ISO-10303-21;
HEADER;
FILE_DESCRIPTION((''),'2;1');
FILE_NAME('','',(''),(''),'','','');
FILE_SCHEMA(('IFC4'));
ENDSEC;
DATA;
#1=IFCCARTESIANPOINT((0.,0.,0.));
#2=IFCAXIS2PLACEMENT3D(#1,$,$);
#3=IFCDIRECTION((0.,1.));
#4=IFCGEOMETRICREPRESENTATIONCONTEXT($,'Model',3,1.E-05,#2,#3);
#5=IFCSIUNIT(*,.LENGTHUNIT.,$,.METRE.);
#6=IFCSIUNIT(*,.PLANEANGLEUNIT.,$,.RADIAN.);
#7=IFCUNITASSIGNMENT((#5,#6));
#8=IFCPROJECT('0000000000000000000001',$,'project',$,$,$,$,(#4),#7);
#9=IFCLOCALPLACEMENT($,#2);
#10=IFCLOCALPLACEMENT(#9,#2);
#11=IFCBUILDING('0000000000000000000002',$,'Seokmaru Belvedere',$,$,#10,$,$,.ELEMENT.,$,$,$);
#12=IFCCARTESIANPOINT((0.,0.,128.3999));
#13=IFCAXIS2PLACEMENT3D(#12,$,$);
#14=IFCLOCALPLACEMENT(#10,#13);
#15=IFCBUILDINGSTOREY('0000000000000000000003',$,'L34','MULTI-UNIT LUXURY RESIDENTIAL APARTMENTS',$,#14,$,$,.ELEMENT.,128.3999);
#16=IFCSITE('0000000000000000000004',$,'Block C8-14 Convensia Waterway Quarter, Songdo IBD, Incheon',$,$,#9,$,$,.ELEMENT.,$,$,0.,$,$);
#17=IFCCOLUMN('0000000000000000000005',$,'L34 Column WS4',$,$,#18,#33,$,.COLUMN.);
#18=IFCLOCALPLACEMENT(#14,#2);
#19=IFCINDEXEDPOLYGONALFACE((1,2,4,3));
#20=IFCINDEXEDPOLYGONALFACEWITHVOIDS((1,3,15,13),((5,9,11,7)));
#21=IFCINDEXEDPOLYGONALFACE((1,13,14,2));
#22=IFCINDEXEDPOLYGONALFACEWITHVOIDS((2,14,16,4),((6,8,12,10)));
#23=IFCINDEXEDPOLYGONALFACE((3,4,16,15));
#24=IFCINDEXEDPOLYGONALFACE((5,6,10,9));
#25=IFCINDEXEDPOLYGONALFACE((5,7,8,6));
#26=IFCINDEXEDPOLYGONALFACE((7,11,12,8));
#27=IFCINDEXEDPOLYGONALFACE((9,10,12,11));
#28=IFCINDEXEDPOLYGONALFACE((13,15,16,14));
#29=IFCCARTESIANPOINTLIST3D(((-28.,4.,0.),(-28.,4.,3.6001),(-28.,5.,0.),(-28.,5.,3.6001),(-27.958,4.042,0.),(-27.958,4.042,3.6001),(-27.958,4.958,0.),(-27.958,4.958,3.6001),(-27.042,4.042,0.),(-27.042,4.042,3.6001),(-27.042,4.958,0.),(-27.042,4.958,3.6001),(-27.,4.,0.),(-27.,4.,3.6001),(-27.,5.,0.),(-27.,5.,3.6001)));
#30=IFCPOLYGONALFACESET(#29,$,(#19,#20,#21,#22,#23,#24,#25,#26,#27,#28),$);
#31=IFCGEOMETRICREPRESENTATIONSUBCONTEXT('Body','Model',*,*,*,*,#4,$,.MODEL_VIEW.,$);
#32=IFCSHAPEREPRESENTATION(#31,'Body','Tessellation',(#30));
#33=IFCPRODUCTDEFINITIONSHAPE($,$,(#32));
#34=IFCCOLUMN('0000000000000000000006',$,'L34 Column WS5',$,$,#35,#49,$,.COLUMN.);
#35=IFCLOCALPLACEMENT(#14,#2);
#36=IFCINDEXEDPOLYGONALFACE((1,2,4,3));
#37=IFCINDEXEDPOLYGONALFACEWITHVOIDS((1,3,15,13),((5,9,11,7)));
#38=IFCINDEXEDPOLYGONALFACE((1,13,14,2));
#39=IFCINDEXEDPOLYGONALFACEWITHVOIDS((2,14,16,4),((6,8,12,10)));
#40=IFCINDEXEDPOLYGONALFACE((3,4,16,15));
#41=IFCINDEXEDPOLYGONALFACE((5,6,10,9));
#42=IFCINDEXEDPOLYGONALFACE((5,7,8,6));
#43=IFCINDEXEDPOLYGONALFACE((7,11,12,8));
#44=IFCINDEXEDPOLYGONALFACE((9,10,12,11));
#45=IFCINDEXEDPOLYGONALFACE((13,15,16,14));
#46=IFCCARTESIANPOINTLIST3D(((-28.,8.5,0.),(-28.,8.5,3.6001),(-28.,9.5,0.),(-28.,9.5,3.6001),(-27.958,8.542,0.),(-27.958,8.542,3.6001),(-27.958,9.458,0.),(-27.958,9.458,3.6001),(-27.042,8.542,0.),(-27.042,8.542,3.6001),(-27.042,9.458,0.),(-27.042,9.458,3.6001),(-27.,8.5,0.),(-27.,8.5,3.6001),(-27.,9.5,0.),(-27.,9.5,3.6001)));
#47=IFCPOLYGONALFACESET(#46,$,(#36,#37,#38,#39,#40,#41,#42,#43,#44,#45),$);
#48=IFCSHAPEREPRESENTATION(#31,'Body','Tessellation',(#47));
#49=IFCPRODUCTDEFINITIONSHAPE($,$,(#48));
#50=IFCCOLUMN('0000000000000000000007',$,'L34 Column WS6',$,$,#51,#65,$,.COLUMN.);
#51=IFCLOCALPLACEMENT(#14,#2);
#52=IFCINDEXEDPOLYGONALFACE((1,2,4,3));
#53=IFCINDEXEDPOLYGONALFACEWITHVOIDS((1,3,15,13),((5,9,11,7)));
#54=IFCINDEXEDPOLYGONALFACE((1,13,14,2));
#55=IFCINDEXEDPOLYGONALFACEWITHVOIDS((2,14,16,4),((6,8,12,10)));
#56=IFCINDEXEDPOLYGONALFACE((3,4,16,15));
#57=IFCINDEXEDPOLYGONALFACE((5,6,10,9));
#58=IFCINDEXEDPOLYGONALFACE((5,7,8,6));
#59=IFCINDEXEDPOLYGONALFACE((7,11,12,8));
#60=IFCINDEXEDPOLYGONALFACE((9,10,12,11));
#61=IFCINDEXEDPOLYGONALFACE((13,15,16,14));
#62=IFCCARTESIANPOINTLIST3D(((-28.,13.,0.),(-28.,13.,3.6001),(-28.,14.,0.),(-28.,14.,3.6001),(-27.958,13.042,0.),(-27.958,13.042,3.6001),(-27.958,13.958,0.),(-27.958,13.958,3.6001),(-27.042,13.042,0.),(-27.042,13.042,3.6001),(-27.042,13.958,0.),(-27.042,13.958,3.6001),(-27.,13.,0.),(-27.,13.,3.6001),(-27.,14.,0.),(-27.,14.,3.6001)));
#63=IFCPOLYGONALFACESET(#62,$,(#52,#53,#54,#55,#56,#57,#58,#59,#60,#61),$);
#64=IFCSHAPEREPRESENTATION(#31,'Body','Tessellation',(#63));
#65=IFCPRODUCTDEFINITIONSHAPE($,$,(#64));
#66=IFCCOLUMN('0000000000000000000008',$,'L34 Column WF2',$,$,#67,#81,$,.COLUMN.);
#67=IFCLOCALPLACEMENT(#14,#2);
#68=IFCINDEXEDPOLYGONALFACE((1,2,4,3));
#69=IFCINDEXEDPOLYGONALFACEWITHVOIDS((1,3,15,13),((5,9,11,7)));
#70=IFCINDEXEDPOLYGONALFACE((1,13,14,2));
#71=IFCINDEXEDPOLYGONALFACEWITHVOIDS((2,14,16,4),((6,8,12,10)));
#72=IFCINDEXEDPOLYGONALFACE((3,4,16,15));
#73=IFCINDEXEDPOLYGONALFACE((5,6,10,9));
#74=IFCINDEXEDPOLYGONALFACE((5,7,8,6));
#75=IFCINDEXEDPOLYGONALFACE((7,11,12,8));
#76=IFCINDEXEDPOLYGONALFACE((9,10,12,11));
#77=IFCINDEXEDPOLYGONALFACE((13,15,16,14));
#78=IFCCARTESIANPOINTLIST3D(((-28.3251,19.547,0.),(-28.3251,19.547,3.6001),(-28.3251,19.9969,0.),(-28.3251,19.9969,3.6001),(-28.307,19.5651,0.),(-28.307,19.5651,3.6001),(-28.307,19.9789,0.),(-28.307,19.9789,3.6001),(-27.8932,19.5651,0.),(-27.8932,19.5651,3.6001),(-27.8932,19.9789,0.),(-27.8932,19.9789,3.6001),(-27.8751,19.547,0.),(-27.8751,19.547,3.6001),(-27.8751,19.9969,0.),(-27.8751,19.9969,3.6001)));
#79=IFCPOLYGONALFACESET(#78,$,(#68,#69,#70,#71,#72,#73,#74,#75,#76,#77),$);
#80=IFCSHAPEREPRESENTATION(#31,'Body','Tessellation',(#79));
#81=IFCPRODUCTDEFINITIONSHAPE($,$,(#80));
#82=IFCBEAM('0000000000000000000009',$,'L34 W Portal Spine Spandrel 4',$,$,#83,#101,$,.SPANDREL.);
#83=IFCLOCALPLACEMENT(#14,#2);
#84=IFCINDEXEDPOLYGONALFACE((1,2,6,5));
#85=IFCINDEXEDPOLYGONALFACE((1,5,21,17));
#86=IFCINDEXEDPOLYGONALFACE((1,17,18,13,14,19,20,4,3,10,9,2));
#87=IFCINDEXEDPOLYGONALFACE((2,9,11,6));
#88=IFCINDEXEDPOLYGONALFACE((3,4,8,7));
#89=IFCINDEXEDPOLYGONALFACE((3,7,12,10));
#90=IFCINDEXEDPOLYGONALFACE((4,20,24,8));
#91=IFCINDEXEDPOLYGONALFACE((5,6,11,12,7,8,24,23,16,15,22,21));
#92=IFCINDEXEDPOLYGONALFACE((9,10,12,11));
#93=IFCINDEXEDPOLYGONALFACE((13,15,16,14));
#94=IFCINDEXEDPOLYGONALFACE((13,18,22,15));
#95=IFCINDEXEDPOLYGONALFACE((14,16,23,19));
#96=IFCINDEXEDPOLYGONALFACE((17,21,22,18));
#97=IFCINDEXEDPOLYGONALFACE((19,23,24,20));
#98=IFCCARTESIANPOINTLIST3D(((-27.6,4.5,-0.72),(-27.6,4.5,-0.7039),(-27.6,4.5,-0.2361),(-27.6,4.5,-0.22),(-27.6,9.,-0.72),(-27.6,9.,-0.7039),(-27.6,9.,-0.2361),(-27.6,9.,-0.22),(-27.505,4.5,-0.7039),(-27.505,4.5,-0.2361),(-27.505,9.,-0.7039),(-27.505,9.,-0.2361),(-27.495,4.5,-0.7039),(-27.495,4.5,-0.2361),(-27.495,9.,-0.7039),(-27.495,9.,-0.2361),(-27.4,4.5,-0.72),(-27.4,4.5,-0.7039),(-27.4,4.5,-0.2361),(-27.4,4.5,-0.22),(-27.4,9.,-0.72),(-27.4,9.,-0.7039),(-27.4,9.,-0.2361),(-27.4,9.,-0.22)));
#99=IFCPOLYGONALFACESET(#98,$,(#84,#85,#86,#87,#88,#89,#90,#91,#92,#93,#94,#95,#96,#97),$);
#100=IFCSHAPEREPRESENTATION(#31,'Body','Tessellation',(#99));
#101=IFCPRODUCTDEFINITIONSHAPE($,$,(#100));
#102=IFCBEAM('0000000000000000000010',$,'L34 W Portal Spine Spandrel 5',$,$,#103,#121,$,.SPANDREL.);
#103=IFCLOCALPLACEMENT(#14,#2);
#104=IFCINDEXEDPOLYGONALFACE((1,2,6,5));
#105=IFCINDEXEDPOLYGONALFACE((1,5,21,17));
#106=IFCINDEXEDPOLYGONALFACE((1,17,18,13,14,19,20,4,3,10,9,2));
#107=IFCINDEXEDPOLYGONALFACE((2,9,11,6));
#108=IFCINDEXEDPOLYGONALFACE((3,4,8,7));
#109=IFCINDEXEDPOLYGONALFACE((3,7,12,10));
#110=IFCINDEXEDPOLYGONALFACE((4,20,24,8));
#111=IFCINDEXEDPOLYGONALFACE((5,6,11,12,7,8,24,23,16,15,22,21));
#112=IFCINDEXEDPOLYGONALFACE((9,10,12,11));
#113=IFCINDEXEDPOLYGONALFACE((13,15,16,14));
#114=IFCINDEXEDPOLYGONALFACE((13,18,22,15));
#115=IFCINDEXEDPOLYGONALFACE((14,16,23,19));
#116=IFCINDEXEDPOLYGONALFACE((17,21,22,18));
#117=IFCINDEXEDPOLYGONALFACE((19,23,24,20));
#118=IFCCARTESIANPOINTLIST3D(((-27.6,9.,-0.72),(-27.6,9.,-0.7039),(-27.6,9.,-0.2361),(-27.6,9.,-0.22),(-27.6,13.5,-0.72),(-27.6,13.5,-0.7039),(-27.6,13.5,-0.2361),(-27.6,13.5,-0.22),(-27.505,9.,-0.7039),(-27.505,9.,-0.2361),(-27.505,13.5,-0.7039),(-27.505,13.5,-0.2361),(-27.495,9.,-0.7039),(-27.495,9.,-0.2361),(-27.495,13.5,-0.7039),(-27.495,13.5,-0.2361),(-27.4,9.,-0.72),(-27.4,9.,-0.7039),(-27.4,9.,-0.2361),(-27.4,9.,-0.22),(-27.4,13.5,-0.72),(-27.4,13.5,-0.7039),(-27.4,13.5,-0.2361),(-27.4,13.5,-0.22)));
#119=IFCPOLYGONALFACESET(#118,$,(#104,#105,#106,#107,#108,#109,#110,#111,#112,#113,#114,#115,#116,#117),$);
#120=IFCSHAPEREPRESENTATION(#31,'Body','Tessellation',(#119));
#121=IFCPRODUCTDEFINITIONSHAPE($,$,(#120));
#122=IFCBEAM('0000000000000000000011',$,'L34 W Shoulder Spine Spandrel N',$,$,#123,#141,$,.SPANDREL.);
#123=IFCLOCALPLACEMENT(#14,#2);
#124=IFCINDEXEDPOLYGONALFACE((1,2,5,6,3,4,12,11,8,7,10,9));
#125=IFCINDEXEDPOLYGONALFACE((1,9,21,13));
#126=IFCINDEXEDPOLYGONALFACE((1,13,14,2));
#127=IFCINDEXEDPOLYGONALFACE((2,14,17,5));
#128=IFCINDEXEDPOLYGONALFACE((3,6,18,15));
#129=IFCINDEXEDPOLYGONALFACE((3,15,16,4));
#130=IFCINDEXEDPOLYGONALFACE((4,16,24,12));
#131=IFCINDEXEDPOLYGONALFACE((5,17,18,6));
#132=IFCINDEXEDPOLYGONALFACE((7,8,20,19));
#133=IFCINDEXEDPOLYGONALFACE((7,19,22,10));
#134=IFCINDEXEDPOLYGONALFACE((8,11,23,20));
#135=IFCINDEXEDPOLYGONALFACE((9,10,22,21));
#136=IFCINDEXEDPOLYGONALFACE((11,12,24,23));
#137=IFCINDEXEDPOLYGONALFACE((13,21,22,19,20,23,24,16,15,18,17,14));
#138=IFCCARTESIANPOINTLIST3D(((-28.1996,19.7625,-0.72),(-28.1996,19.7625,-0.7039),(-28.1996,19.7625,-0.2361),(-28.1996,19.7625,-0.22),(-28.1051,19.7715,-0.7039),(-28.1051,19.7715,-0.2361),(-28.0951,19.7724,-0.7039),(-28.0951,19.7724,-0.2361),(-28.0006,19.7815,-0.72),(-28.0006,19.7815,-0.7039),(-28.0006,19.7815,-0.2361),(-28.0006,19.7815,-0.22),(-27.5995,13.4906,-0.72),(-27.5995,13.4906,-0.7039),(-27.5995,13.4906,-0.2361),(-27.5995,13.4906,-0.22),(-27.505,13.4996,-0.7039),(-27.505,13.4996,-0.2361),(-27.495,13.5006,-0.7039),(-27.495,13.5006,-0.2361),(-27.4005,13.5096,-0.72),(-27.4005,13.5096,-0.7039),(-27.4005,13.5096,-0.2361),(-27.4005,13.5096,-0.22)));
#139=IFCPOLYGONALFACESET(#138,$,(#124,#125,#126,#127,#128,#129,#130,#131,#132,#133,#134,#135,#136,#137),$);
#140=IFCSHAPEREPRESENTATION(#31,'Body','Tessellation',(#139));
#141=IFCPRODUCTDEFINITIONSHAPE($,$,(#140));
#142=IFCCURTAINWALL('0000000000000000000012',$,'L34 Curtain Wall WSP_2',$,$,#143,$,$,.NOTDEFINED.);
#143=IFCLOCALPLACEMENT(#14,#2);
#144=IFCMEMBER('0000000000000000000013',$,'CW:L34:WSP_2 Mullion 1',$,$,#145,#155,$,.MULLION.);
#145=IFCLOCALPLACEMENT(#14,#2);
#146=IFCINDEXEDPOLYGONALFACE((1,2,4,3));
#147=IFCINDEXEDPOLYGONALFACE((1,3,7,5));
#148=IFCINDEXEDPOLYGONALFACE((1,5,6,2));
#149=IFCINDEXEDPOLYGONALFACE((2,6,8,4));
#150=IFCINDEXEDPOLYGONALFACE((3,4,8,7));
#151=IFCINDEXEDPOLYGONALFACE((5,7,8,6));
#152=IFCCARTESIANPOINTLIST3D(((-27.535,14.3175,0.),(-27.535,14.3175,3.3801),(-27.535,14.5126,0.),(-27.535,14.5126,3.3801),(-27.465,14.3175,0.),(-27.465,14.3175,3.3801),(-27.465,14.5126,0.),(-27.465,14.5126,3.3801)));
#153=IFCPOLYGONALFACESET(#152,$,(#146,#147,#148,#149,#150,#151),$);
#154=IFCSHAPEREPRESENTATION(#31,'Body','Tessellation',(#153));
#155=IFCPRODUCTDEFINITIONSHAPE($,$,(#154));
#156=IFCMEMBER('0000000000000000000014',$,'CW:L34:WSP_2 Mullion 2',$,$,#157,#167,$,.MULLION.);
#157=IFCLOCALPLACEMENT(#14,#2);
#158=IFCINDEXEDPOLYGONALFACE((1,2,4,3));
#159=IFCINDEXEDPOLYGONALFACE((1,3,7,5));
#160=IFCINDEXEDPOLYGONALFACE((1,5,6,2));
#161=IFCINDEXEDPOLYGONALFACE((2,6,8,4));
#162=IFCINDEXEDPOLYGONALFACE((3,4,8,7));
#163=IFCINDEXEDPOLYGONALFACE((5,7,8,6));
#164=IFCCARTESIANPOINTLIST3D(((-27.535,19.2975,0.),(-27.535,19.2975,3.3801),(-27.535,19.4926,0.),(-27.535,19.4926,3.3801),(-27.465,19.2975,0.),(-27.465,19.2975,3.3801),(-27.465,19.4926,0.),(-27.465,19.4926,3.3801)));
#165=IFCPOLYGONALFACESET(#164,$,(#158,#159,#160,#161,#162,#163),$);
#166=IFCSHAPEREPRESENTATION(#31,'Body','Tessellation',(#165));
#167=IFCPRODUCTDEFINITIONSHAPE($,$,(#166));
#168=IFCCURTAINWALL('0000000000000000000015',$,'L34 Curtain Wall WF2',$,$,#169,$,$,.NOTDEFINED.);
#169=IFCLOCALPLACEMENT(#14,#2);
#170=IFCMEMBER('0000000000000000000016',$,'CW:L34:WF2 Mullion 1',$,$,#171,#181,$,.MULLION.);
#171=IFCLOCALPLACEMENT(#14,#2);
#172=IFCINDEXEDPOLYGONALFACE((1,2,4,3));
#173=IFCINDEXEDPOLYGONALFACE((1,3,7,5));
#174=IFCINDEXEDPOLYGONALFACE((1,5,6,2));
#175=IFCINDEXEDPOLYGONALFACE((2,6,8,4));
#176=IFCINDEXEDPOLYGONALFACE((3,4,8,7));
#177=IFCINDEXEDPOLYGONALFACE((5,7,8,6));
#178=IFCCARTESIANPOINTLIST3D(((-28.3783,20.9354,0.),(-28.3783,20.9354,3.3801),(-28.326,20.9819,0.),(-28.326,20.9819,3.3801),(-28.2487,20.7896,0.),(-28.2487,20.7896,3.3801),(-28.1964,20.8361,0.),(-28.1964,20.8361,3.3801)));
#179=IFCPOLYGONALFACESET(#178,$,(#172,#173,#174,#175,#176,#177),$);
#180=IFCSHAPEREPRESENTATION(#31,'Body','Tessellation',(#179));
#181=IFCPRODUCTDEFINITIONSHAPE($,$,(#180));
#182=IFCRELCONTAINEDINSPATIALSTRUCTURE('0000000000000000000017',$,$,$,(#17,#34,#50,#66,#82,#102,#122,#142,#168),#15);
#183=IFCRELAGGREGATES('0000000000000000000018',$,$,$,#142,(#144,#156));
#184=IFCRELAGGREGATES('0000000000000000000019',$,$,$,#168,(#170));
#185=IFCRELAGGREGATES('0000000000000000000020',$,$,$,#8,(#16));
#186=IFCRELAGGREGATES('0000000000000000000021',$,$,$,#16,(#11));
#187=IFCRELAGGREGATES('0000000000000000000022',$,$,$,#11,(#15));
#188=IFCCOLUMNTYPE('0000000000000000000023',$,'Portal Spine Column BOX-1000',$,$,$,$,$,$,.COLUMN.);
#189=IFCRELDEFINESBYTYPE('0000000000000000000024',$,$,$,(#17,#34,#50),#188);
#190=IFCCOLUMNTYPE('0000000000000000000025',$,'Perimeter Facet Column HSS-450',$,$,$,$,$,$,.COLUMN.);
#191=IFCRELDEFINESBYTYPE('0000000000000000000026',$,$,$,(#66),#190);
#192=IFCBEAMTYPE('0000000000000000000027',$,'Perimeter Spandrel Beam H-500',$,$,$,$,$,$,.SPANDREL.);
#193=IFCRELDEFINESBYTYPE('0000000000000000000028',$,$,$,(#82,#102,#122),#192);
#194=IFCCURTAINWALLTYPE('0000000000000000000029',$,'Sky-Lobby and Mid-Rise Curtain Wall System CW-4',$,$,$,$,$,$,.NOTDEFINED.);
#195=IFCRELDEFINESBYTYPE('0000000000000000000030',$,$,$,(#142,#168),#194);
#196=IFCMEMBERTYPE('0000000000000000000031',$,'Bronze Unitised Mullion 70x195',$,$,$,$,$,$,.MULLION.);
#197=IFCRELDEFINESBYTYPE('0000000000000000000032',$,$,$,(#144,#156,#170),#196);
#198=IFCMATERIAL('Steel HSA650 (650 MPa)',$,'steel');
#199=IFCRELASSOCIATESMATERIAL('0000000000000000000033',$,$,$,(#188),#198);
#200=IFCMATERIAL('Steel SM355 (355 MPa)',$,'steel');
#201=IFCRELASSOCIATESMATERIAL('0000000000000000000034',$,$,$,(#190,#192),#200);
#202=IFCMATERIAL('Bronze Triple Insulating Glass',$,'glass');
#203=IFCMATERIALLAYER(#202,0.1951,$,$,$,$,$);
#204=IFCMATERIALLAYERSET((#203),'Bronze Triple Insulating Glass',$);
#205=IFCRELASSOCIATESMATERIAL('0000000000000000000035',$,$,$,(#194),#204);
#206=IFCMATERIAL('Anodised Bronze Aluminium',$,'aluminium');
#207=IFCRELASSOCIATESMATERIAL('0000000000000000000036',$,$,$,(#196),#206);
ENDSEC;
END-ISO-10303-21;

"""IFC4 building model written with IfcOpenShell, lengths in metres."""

from ifc_helpers import new_model, si_unit, direction, frame, origin, origin_2d, place, context, subcontext, project, spatial, rectangle, hollow_rectangle, i_section, extrude, source, transform, mapped, material, layer, layer_set, material_profile, profile_set, type_object, type_shapes, element, aggregate, save


model = new_model("IFC4")

# Units and contexts
model_context = context("Model", 3, precision=1e-05, world=origin(), true_north=direction((0.0, 1.0)))
body_context = subcontext(model_context, "Body", "Model", "MODEL_VIEW")
ifc_project = project(units=[si_unit("LENGTHUNIT", "METRE"), si_unit("PLANEANGLEUNIT", "RADIAN")], contexts=[model_context])

# Site, building, storey
site_placement = place(None, origin())
site = spatial("IfcSite", under=ifc_project, at=site_placement, Name="Block C8-14 Convensia Waterway Quarter, Songdo IBD, Incheon", CompositionType="ELEMENT", RefElevation=0.0)
building_placement = place(site_placement, origin())
building = spatial("IfcBuilding", under=site, at=building_placement, Name="Seokmaru Belvedere", CompositionType="ELEMENT")
storey_placement = place(building_placement, frame((0.0, 0.0, 128.3999)))
storey = spatial("IfcBuildingStorey", under=building, at=storey_placement, Name="L34", Description="MULTI-UNIT LUXURY RESIDENTIAL APARTMENTS", CompositionType="ELEMENT", Elevation=128.3999)

# Columns
ifc_material_1 = material(Name="Steel HSA650 (650 MPa)", Category="steel")
ifc_material_profile_1 = material_profile(ifc_material_1, hollow_rectangle(XDim=1.0, YDim=1.0, WallThickness=0.042, at=origin_2d()), Name="BOX-1000x1000x42")
ifc_profile_set_1 = profile_set([ifc_material_profile_1], Name="Steel HSA650 (650 MPa)")
column_type_1 = type_object("IfcColumnType", Name="Portal Spine Column BOX-1000", PredefinedType="COLUMN", material=ifc_profile_set_1)
shared_shape_1 = source(origin(), body_context, "Body", "SweptSolid", [
    extrude(hollow_rectangle(XDim=1.0, YDim=1.0, WallThickness=0.042, at=origin_2d()), origin(), (0.0, 0.0, 1.0), 3.6001),
])
type_shapes(column_type_1, [shared_shape_1])
for number, where, z_axis, x_axis, name in (
    (1, (-27.5, 4.5, 0.0), (0.0, 0.0, 1.0), (1.0, 0.0, 0.0), "L34 Column WS4"),
    (2, (-27.5, 9.0, 0.0), (0.0, 0.0, 1.0), (1.0, 0.0, 0.0), "L34 Column WS5"),
    (3, (-27.5, 13.5, 0.0), (0.0, 0.0, 1.0), (1.0, 0.0, 0.0), "L34 Column WS6"),
):
    element("IfcColumn", number, at=place(storey_placement, frame(where, z_axis=z_axis, x_axis=x_axis)), inside=storey, type_object=column_type_1, Name=name, PredefinedType="COLUMN", context=body_context, shape_type="MappedRepresentation", body=[
        mapped(shared_shape_1, transform((0.0, 0.0, 0.0), scale=1.0)),
    ])
ifc_material_2 = material(Name="Steel SM355 (355 MPa)", Category="steel")
ifc_material_profile_2 = material_profile(ifc_material_2, hollow_rectangle(XDim=0.45, YDim=0.45, WallThickness=0.0181, at=origin_2d()), Name="HSS-450x450x18")
ifc_profile_set_2 = profile_set([ifc_material_profile_2], Name="Steel SM355 (355 MPa)")
column_type_2 = type_object("IfcColumnType", Name="Perimeter Facet Column HSS-450", PredefinedType="COLUMN", material=ifc_profile_set_2)
shared_shape_2 = source(origin(), body_context, "Body", "SweptSolid", [
    extrude(hollow_rectangle(XDim=0.45, YDim=0.45, WallThickness=0.0181, at=origin_2d()), origin(), (0.0, 0.0, 1.0), 3.6001),
])
type_shapes(column_type_2, [shared_shape_2])
column_placement = place(storey_placement, frame((-28.1001, 19.772, 0.0), z_axis=(0.0, 0.0, 1.0), x_axis=(1.0, 0.0, 0.0)))
element("IfcColumn", 4, at=column_placement, inside=storey, type_object=column_type_2, Name="L34 Column WF2", PredefinedType="COLUMN", context=body_context, shape_type="MappedRepresentation", body=[
    mapped(shared_shape_2, transform((0.0, 0.0, 0.0), scale=1.0)),
])

# Beams
ifc_material_profile_3 = material_profile(ifc_material_2, i_section(OverallWidth=0.2, OverallDepth=0.5, WebThickness=0.01, FlangeThickness=0.0161, at=origin_2d()), Name="H-500x200x10x16")
ifc_profile_set_3 = profile_set([ifc_material_profile_3], Name="Steel SM355 (355 MPa)")
beam_type = type_object("IfcBeamType", Name="Perimeter Spandrel Beam H-500", PredefinedType="SPANDREL", material=ifc_profile_set_3)
shared_shape_3 = source(origin(), body_context, "Body", "SweptSolid", [
    extrude(i_section(OverallWidth=0.2, OverallDepth=0.5, WebThickness=0.01, FlangeThickness=0.0161, at=origin_2d()), origin(), (0.0, 0.0, 1.0), 4.5),
])
for number, where, z_axis, x_axis, name in (
    (5, (-27.5, 4.5, -0.47), (0.0, 1.0, 0.0), (-1.0, 0.0, 0.0), "L34 W Portal Spine Spandrel 4"),
    (6, (-27.5, 9.0, -0.47), (0.0, 1.0, 0.0), (-1.0, 0.0, 0.0), "L34 W Portal Spine Spandrel 5"),
):
    element("IfcBeam", number, at=place(storey_placement, frame(where, z_axis=z_axis, x_axis=x_axis)), inside=storey, type_object=beam_type, Name=name, PredefinedType="SPANDREL", context=body_context, shape_type="MappedRepresentation", body=[
        mapped(shared_shape_3, transform((0.0, 0.0, 0.0), scale=1.0)),
    ])
shared_shape_4 = source(origin(), body_context, "Body", "SweptSolid", [
    extrude(i_section(OverallWidth=0.2, OverallDepth=0.5, WebThickness=0.01, FlangeThickness=0.0161, at=origin_2d()), origin(), (0.0, 0.0, 1.0), 6.3005),
])
type_shapes(beam_type, [shared_shape_3, shared_shape_4])
beam_placement = place(storey_placement, frame((-28.1001, 19.772, -0.47), z_axis=(0.095244, -0.995454, 0.0), x_axis=(0.995454, 0.095244, 0.0)))
element("IfcBeam", 7, at=beam_placement, inside=storey, type_object=beam_type, Name="L34 W Shoulder Spine Spandrel N", PredefinedType="SPANDREL", context=body_context, shape_type="MappedRepresentation", body=[
    mapped(shared_shape_4, transform((0.0, 0.0, 0.0), scale=1.0)),
])

# Curtain wall, members
ifc_material_3 = material(Name="Bronze Triple Insulating Glass", Category="glass")
ifc_layer_1 = layer(ifc_material_3, 0.1951)
ifc_layer_set_1 = layer_set([ifc_layer_1], Name="Bronze Triple Insulating Glass")
curtain_wall_type = type_object("IfcCurtainWallType", Name="Sky-Lobby and Mid-Rise Curtain Wall System CW-4", PredefinedType="NOTDEFINED", material=ifc_layer_set_1)
curtain_wall_1_placement = place(storey_placement, origin())
curtain_wall_1 = element("IfcCurtainWall", 8, at=curtain_wall_1_placement, inside=storey, type_object=curtain_wall_type, Name="L34 Curtain Wall WSP_2", PredefinedType="NOTDEFINED")
ifc_material_4 = material(Name="Anodised Bronze Aluminium", Category="aluminium")
ifc_material_profile_4 = material_profile(ifc_material_4, rectangle(XDim=0.0701, YDim=0.1951, at=origin_2d()), Name="CW-M-70x195")
ifc_profile_set_4 = profile_set([ifc_material_profile_4], Name="Anodised Bronze Aluminium")
member_type_1 = type_object("IfcMemberType", Name="Bronze Unitised Mullion 70x195", PredefinedType="MULLION", material=ifc_profile_set_4)
shared_shape_5 = source(origin(), body_context, "Body", "SweptSolid", [
    extrude(rectangle(XDim=0.0701, YDim=0.1951, at=origin_2d()), origin(), (0.0, 0.0, 1.0), 3.3801),
])
type_shapes(member_type_1, [shared_shape_5])
member_1_placement = place(storey_placement, frame((-27.5, 14.415, 0.0), z_axis=(0.0, 0.0, 1.0), x_axis=(-1.0, 0.0, 0.0)))
member_1 = element("IfcMember", 9, at=member_1_placement, type_object=member_type_1, Name="CW:L34:WSP_2 Mullion 1", PredefinedType="MULLION", context=body_context, shape_type="MappedRepresentation", body=[
    mapped(shared_shape_5, transform((0.0, 0.0, 0.0), scale=1.0)),
])
member_2_placement = place(storey_placement, frame((-27.5, 19.395, 0.0), z_axis=(0.0, 0.0, 1.0), x_axis=(-1.0, 0.0, 0.0)))
member_2 = element("IfcMember", 10, at=member_2_placement, type_object=member_type_1, Name="CW:L34:WSP_2 Mullion 2", PredefinedType="MULLION", context=body_context, shape_type="MappedRepresentation", body=[
    mapped(shared_shape_5, transform((0.0, 0.0, 0.0), scale=1.0)),
])

# Curtain wall, member
curtain_wall_2_placement = place(storey_placement, origin())
curtain_wall_2 = element("IfcCurtainWall", 11, at=curtain_wall_2_placement, inside=storey, type_object=curtain_wall_type, Name="L34 Curtain Wall WF2", PredefinedType="NOTDEFINED")
member_3_placement = place(storey_placement, frame((-28.2874, 20.8857, 0.0), z_axis=(0.0, 0.0, 1.0), x_axis=(-0.74741, -0.664363, 0.0)))
member_3 = element("IfcMember", 12, at=member_3_placement, type_object=member_type_1, Name="CW:L34:WF2 Mullion 1", PredefinedType="MULLION", context=body_context, shape_type="MappedRepresentation", body=[
    mapped(shared_shape_5, transform((0.0, 0.0, 0.0), scale=1.0)),
])

aggregate(curtain_wall_1, [member_1, member_2])
aggregate(curtain_wall_2, [member_3])

save(model, "model.ifc")
